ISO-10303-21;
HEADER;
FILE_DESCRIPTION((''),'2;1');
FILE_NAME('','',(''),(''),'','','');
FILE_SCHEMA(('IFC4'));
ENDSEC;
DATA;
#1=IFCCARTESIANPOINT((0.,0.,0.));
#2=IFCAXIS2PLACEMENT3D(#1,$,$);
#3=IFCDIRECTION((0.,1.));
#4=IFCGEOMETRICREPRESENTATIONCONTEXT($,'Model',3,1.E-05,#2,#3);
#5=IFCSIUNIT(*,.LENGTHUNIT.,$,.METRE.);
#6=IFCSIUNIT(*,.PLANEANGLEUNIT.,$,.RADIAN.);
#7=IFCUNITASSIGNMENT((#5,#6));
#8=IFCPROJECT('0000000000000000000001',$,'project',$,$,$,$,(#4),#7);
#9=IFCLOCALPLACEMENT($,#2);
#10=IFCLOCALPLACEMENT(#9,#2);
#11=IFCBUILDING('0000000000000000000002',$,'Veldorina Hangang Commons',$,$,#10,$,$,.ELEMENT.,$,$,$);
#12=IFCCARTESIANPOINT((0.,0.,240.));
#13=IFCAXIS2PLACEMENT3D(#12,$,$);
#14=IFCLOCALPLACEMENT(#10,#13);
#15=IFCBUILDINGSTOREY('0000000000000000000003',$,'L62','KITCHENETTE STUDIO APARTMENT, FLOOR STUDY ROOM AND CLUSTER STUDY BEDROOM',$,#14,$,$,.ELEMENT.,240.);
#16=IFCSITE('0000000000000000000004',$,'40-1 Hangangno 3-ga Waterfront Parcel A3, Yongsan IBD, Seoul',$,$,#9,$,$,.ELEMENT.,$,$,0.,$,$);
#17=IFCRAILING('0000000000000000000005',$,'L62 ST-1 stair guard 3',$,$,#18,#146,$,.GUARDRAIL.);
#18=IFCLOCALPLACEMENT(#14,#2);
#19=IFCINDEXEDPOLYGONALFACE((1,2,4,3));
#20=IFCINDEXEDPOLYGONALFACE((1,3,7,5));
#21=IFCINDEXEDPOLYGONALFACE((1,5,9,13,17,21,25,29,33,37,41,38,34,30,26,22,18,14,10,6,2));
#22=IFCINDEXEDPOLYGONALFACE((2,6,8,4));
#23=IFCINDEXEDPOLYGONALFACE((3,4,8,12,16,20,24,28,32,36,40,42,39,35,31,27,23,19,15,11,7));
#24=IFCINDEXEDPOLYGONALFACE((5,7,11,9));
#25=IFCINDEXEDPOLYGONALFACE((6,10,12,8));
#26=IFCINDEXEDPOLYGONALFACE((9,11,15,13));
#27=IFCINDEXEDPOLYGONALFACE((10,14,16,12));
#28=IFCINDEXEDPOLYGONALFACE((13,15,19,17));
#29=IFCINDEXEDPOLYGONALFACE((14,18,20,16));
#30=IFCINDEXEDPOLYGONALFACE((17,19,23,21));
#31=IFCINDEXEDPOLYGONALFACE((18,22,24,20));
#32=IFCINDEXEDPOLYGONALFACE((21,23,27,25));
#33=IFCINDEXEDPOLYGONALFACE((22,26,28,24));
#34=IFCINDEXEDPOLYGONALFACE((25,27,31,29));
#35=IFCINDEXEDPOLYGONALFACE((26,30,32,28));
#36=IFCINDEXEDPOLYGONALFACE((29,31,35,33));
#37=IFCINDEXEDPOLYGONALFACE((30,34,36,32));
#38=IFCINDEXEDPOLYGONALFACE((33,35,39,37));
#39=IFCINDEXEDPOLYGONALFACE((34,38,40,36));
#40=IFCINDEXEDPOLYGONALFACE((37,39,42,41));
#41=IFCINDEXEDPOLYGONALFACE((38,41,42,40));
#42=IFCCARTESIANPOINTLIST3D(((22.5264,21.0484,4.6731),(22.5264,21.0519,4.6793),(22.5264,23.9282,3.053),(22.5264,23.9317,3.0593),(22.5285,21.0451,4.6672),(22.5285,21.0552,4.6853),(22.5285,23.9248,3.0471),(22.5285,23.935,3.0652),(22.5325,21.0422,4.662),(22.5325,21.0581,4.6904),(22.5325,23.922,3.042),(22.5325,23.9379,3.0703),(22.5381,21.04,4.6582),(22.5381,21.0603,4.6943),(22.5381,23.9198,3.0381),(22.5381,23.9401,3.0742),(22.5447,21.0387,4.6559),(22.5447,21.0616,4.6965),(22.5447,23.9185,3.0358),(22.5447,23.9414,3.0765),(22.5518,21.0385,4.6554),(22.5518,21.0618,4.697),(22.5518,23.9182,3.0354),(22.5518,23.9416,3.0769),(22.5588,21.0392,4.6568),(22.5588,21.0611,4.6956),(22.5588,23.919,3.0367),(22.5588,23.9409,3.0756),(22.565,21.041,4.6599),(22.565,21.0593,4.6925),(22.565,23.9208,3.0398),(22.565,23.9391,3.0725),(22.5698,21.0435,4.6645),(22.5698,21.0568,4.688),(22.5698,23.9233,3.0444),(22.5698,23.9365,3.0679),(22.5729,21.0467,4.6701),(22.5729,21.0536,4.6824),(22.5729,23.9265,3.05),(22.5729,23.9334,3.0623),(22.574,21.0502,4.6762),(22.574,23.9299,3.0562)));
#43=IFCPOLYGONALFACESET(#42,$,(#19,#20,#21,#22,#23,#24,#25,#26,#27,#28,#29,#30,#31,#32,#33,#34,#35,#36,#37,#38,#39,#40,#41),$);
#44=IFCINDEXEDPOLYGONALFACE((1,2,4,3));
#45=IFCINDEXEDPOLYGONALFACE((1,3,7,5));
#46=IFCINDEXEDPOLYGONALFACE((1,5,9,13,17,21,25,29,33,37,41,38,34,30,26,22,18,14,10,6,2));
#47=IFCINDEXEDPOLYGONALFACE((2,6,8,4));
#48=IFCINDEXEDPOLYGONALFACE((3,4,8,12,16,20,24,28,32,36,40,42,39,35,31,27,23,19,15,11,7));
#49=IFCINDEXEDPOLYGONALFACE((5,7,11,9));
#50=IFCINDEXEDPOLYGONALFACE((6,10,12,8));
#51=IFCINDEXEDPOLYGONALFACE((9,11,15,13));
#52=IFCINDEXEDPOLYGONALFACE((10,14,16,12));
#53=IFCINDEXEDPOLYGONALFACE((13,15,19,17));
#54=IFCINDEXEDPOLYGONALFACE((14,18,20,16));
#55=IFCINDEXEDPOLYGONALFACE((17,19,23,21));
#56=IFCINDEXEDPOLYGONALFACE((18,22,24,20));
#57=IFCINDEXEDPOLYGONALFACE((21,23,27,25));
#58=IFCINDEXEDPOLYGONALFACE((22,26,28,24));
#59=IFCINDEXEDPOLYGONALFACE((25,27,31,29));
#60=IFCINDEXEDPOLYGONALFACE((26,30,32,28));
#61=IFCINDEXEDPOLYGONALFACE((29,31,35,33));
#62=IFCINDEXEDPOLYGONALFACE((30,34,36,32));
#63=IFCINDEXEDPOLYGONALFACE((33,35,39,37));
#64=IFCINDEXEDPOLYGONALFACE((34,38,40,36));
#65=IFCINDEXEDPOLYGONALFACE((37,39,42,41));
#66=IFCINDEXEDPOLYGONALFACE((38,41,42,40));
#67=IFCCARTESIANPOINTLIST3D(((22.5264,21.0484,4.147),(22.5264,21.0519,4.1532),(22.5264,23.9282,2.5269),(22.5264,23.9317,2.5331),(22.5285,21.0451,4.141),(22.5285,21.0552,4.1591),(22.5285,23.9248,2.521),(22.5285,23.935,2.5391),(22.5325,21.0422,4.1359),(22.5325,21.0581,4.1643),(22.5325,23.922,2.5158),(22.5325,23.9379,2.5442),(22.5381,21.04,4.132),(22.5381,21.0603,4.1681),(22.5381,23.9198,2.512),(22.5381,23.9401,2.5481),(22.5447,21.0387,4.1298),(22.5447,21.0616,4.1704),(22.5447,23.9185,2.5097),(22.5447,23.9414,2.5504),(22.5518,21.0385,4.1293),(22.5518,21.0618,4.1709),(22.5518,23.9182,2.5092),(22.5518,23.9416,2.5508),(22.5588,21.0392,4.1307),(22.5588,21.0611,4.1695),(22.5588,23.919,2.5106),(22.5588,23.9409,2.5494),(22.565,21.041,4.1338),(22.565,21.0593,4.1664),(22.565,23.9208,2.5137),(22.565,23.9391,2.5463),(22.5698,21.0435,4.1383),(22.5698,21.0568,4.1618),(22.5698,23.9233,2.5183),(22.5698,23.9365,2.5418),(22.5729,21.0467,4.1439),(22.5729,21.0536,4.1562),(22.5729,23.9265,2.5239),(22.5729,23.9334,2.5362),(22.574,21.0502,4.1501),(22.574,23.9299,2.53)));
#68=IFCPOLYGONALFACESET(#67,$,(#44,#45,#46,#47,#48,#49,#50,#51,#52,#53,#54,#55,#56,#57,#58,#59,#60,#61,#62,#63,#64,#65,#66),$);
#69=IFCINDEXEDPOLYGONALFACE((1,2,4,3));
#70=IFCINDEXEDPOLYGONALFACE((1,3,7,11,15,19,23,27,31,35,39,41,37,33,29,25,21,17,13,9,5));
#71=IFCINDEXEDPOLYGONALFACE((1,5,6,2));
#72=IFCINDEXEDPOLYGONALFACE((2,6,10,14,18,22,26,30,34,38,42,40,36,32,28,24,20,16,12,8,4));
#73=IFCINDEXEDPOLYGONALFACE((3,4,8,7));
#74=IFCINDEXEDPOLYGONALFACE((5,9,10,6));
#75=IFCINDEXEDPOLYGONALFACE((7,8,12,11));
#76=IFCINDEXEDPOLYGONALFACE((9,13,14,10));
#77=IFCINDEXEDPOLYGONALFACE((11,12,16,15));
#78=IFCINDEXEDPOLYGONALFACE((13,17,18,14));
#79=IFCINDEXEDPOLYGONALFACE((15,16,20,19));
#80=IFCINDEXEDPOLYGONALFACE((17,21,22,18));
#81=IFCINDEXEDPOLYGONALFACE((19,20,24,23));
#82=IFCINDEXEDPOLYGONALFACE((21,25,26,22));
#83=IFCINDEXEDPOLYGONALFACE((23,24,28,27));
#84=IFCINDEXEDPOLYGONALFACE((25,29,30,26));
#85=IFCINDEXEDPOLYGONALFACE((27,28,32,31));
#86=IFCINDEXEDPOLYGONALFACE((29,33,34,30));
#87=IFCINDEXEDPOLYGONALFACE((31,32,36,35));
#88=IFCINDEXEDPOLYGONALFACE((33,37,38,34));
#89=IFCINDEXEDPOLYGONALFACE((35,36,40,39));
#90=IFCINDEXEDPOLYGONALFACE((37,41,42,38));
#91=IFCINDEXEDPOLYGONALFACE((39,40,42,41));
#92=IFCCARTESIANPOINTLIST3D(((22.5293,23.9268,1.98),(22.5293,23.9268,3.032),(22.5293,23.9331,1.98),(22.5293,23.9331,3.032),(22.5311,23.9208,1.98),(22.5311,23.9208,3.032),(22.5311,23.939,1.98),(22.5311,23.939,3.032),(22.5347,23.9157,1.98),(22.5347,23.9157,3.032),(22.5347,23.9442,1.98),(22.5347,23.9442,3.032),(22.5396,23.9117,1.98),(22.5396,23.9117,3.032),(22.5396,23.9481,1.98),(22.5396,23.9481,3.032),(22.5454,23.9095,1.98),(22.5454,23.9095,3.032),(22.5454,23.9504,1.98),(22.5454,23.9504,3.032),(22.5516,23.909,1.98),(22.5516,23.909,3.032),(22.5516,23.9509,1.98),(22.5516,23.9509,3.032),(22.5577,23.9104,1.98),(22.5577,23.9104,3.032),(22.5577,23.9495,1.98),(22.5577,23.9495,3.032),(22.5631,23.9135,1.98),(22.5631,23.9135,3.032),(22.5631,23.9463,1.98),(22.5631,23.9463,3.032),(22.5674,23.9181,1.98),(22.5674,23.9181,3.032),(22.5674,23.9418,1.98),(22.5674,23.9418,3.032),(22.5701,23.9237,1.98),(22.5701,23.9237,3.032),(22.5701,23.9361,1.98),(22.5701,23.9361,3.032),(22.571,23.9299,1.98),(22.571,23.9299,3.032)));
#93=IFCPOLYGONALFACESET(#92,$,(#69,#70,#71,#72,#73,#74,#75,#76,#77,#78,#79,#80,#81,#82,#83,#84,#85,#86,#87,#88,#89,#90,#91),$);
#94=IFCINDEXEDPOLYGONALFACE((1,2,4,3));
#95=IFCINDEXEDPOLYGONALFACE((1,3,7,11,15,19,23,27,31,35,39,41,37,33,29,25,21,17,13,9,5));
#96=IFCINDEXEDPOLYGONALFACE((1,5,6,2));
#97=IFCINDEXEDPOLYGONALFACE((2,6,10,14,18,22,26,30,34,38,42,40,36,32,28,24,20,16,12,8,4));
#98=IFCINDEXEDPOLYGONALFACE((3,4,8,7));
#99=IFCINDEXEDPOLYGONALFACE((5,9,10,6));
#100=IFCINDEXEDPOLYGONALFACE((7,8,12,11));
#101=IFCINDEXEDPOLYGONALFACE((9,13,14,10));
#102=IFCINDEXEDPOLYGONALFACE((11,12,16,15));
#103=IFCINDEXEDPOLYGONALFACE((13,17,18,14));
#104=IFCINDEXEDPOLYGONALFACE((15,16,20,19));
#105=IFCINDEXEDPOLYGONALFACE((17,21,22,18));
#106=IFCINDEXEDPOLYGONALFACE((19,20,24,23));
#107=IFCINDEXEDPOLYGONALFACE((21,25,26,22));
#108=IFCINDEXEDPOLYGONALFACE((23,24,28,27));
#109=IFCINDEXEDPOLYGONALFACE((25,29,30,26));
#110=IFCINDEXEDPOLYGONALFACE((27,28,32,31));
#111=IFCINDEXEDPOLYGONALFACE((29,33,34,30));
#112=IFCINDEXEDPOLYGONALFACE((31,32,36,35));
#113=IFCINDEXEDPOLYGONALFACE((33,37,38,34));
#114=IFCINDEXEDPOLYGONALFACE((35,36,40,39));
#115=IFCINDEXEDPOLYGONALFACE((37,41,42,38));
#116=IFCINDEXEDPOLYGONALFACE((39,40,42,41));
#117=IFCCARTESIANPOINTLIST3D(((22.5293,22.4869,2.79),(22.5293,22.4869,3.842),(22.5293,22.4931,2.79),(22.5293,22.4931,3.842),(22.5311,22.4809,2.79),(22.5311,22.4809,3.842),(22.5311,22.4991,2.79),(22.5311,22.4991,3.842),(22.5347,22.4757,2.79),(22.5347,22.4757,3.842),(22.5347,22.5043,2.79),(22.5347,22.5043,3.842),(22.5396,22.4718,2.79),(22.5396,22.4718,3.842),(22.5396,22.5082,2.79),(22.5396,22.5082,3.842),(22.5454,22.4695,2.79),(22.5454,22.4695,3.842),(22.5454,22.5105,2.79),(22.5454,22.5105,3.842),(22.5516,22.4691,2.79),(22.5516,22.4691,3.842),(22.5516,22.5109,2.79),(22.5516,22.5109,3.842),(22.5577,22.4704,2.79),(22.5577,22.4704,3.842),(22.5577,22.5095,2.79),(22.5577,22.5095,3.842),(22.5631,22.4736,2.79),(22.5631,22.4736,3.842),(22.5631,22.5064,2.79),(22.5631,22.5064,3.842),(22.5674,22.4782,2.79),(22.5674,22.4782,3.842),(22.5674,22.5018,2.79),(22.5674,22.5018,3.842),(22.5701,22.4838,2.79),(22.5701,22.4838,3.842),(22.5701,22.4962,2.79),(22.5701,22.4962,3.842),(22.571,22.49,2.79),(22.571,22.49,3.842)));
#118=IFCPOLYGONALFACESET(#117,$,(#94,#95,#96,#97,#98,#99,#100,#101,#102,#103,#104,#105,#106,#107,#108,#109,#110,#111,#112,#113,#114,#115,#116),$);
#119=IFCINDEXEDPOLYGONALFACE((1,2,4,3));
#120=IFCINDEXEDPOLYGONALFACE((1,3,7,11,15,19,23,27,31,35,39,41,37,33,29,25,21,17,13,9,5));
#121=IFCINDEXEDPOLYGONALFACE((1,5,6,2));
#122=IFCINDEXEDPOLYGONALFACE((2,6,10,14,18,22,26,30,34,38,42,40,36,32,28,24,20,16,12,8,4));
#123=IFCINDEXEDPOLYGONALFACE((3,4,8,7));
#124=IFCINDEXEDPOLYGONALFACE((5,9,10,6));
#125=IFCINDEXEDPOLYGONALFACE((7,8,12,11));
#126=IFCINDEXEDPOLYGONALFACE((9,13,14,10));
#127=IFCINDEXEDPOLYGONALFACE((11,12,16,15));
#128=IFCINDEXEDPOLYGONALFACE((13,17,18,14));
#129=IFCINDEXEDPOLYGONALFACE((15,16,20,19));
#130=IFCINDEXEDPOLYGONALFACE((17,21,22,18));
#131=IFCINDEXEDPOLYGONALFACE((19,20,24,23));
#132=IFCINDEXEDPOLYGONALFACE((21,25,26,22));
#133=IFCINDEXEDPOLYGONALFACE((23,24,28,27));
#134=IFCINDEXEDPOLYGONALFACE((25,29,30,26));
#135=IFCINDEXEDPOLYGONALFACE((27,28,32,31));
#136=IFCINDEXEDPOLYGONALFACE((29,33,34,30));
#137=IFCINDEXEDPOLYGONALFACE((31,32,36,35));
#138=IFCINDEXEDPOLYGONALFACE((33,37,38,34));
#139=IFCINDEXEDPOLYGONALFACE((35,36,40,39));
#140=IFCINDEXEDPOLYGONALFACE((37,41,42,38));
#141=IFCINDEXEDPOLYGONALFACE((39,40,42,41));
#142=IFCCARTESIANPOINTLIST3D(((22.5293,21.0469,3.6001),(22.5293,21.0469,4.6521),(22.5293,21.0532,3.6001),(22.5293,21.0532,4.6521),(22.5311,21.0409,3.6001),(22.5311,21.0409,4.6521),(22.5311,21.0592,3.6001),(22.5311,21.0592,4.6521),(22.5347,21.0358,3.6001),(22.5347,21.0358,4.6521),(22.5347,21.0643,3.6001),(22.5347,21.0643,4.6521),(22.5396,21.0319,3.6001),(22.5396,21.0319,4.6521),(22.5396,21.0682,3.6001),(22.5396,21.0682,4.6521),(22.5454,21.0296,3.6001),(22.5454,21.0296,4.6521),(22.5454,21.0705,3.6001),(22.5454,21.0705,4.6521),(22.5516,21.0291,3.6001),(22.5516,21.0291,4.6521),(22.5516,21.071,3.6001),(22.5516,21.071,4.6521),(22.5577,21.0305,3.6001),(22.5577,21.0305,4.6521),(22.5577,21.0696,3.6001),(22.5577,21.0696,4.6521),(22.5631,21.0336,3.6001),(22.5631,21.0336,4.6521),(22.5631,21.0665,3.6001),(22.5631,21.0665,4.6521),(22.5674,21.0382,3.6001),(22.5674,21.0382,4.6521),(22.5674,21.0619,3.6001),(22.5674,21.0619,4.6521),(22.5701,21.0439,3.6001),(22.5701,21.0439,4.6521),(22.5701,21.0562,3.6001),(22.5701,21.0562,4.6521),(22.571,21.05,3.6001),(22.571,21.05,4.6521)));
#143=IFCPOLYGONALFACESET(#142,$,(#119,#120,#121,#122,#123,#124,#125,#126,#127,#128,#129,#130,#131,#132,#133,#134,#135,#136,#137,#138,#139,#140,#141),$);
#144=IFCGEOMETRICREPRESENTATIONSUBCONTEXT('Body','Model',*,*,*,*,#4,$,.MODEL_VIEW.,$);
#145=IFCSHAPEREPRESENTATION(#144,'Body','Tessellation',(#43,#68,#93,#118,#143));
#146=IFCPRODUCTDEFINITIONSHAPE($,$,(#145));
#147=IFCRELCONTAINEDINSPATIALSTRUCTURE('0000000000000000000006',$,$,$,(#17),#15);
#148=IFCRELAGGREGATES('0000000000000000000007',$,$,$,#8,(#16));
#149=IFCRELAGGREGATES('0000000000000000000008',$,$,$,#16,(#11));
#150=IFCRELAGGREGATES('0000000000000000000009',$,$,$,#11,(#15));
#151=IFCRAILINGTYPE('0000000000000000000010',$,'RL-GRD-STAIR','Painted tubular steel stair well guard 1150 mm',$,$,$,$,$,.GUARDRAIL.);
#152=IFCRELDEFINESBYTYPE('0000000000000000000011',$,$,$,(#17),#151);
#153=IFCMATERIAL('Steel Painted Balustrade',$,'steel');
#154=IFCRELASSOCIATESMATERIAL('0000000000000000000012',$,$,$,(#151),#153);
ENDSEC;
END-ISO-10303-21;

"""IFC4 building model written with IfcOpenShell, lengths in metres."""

from ifc_helpers import new_model, si_unit, direction, frame, origin, origin_2d, place, context, subcontext, project, spatial, circle, extrude, material, type_object, element, save


model = new_model("IFC4")

# Units and contexts
model_context = context("Model", 3, precision=1e-05, world=origin(), true_north=direction((0.0, 1.0)))
body_context = subcontext(model_context, "Body", "Model", "MODEL_VIEW")
ifc_project = project(units=[si_unit("LENGTHUNIT", "METRE"), si_unit("PLANEANGLEUNIT", "RADIAN")], contexts=[model_context])

# Site, building, storey
site_placement = place(None, origin())
site = spatial("IfcSite", under=ifc_project, at=site_placement, Name="40-1 Hangangno 3-ga Waterfront Parcel A3, Yongsan IBD, Seoul", CompositionType="ELEMENT", RefElevation=0.0)
building_placement = place(site_placement, origin())
building = spatial("IfcBuilding", under=site, at=building_placement, Name="Veldorina Hangang Commons", CompositionType="ELEMENT")
storey_placement = place(building_placement, frame((0.0, 0.0, 240.0)))
storey = spatial("IfcBuildingStorey", under=building, at=storey_placement, Name="L62", Description="KITCHENETTE STUDIO APARTMENT, FLOOR STUDY ROOM AND CLUSTER STUDY BEDROOM", CompositionType="ELEMENT", Elevation=240.0)

# Railing
ifc_material_1 = material(Name="Steel Painted Balustrade", Category="steel")
railing_type_1 = type_object("IfcRailingType", Name="RL-GRD-STAIR", Description="Painted tubular steel stair well guard 1150 mm", PredefinedType="GUARDRAIL", material=ifc_material_1)
railing_1_placement = place(storey_placement, frame((22.55, 23.9299, 1.98)))
element("IfcRailing", 1, at=railing_1_placement, inside=storey, type_object=railing_type_1, Name="L62 ST-1 stair guard 3", PredefinedType="GUARDRAIL", context=body_context, shape_type="SweptSolid", body=[
    extrude(circle(Radius=0.0239, at=origin_2d()), frame((0.0, 0.0, 1.0762), z_axis=(0.0, -0.871552, 0.490303), x_axis=(1.0, 0.0, 0.0)), (0.0, 0.0, 1.0), 3.3042),
    extrude(circle(Radius=0.0239, at=origin_2d()), frame((0.0, 0.0, 0.55), z_axis=(0.0, -0.871552, 0.490303), x_axis=(1.0, 0.0, 0.0)), (0.0, 0.0, 1.0), 3.3042),
    extrude(circle(Radius=0.021, at=origin_2d()), origin(), (0.0, 0.0, 1.0), 1.052),
    extrude(circle(Radius=0.021, at=origin_2d()), frame((0.0, -1.4399, 0.8101)), (0.0, 0.0, 1.0), 1.052),
    extrude(circle(Radius=0.021, at=origin_2d()), frame((0.0, -2.8799, 1.6201)), (0.0, 0.0, 1.0), 1.052),
])

save(model, "model.ifc")
